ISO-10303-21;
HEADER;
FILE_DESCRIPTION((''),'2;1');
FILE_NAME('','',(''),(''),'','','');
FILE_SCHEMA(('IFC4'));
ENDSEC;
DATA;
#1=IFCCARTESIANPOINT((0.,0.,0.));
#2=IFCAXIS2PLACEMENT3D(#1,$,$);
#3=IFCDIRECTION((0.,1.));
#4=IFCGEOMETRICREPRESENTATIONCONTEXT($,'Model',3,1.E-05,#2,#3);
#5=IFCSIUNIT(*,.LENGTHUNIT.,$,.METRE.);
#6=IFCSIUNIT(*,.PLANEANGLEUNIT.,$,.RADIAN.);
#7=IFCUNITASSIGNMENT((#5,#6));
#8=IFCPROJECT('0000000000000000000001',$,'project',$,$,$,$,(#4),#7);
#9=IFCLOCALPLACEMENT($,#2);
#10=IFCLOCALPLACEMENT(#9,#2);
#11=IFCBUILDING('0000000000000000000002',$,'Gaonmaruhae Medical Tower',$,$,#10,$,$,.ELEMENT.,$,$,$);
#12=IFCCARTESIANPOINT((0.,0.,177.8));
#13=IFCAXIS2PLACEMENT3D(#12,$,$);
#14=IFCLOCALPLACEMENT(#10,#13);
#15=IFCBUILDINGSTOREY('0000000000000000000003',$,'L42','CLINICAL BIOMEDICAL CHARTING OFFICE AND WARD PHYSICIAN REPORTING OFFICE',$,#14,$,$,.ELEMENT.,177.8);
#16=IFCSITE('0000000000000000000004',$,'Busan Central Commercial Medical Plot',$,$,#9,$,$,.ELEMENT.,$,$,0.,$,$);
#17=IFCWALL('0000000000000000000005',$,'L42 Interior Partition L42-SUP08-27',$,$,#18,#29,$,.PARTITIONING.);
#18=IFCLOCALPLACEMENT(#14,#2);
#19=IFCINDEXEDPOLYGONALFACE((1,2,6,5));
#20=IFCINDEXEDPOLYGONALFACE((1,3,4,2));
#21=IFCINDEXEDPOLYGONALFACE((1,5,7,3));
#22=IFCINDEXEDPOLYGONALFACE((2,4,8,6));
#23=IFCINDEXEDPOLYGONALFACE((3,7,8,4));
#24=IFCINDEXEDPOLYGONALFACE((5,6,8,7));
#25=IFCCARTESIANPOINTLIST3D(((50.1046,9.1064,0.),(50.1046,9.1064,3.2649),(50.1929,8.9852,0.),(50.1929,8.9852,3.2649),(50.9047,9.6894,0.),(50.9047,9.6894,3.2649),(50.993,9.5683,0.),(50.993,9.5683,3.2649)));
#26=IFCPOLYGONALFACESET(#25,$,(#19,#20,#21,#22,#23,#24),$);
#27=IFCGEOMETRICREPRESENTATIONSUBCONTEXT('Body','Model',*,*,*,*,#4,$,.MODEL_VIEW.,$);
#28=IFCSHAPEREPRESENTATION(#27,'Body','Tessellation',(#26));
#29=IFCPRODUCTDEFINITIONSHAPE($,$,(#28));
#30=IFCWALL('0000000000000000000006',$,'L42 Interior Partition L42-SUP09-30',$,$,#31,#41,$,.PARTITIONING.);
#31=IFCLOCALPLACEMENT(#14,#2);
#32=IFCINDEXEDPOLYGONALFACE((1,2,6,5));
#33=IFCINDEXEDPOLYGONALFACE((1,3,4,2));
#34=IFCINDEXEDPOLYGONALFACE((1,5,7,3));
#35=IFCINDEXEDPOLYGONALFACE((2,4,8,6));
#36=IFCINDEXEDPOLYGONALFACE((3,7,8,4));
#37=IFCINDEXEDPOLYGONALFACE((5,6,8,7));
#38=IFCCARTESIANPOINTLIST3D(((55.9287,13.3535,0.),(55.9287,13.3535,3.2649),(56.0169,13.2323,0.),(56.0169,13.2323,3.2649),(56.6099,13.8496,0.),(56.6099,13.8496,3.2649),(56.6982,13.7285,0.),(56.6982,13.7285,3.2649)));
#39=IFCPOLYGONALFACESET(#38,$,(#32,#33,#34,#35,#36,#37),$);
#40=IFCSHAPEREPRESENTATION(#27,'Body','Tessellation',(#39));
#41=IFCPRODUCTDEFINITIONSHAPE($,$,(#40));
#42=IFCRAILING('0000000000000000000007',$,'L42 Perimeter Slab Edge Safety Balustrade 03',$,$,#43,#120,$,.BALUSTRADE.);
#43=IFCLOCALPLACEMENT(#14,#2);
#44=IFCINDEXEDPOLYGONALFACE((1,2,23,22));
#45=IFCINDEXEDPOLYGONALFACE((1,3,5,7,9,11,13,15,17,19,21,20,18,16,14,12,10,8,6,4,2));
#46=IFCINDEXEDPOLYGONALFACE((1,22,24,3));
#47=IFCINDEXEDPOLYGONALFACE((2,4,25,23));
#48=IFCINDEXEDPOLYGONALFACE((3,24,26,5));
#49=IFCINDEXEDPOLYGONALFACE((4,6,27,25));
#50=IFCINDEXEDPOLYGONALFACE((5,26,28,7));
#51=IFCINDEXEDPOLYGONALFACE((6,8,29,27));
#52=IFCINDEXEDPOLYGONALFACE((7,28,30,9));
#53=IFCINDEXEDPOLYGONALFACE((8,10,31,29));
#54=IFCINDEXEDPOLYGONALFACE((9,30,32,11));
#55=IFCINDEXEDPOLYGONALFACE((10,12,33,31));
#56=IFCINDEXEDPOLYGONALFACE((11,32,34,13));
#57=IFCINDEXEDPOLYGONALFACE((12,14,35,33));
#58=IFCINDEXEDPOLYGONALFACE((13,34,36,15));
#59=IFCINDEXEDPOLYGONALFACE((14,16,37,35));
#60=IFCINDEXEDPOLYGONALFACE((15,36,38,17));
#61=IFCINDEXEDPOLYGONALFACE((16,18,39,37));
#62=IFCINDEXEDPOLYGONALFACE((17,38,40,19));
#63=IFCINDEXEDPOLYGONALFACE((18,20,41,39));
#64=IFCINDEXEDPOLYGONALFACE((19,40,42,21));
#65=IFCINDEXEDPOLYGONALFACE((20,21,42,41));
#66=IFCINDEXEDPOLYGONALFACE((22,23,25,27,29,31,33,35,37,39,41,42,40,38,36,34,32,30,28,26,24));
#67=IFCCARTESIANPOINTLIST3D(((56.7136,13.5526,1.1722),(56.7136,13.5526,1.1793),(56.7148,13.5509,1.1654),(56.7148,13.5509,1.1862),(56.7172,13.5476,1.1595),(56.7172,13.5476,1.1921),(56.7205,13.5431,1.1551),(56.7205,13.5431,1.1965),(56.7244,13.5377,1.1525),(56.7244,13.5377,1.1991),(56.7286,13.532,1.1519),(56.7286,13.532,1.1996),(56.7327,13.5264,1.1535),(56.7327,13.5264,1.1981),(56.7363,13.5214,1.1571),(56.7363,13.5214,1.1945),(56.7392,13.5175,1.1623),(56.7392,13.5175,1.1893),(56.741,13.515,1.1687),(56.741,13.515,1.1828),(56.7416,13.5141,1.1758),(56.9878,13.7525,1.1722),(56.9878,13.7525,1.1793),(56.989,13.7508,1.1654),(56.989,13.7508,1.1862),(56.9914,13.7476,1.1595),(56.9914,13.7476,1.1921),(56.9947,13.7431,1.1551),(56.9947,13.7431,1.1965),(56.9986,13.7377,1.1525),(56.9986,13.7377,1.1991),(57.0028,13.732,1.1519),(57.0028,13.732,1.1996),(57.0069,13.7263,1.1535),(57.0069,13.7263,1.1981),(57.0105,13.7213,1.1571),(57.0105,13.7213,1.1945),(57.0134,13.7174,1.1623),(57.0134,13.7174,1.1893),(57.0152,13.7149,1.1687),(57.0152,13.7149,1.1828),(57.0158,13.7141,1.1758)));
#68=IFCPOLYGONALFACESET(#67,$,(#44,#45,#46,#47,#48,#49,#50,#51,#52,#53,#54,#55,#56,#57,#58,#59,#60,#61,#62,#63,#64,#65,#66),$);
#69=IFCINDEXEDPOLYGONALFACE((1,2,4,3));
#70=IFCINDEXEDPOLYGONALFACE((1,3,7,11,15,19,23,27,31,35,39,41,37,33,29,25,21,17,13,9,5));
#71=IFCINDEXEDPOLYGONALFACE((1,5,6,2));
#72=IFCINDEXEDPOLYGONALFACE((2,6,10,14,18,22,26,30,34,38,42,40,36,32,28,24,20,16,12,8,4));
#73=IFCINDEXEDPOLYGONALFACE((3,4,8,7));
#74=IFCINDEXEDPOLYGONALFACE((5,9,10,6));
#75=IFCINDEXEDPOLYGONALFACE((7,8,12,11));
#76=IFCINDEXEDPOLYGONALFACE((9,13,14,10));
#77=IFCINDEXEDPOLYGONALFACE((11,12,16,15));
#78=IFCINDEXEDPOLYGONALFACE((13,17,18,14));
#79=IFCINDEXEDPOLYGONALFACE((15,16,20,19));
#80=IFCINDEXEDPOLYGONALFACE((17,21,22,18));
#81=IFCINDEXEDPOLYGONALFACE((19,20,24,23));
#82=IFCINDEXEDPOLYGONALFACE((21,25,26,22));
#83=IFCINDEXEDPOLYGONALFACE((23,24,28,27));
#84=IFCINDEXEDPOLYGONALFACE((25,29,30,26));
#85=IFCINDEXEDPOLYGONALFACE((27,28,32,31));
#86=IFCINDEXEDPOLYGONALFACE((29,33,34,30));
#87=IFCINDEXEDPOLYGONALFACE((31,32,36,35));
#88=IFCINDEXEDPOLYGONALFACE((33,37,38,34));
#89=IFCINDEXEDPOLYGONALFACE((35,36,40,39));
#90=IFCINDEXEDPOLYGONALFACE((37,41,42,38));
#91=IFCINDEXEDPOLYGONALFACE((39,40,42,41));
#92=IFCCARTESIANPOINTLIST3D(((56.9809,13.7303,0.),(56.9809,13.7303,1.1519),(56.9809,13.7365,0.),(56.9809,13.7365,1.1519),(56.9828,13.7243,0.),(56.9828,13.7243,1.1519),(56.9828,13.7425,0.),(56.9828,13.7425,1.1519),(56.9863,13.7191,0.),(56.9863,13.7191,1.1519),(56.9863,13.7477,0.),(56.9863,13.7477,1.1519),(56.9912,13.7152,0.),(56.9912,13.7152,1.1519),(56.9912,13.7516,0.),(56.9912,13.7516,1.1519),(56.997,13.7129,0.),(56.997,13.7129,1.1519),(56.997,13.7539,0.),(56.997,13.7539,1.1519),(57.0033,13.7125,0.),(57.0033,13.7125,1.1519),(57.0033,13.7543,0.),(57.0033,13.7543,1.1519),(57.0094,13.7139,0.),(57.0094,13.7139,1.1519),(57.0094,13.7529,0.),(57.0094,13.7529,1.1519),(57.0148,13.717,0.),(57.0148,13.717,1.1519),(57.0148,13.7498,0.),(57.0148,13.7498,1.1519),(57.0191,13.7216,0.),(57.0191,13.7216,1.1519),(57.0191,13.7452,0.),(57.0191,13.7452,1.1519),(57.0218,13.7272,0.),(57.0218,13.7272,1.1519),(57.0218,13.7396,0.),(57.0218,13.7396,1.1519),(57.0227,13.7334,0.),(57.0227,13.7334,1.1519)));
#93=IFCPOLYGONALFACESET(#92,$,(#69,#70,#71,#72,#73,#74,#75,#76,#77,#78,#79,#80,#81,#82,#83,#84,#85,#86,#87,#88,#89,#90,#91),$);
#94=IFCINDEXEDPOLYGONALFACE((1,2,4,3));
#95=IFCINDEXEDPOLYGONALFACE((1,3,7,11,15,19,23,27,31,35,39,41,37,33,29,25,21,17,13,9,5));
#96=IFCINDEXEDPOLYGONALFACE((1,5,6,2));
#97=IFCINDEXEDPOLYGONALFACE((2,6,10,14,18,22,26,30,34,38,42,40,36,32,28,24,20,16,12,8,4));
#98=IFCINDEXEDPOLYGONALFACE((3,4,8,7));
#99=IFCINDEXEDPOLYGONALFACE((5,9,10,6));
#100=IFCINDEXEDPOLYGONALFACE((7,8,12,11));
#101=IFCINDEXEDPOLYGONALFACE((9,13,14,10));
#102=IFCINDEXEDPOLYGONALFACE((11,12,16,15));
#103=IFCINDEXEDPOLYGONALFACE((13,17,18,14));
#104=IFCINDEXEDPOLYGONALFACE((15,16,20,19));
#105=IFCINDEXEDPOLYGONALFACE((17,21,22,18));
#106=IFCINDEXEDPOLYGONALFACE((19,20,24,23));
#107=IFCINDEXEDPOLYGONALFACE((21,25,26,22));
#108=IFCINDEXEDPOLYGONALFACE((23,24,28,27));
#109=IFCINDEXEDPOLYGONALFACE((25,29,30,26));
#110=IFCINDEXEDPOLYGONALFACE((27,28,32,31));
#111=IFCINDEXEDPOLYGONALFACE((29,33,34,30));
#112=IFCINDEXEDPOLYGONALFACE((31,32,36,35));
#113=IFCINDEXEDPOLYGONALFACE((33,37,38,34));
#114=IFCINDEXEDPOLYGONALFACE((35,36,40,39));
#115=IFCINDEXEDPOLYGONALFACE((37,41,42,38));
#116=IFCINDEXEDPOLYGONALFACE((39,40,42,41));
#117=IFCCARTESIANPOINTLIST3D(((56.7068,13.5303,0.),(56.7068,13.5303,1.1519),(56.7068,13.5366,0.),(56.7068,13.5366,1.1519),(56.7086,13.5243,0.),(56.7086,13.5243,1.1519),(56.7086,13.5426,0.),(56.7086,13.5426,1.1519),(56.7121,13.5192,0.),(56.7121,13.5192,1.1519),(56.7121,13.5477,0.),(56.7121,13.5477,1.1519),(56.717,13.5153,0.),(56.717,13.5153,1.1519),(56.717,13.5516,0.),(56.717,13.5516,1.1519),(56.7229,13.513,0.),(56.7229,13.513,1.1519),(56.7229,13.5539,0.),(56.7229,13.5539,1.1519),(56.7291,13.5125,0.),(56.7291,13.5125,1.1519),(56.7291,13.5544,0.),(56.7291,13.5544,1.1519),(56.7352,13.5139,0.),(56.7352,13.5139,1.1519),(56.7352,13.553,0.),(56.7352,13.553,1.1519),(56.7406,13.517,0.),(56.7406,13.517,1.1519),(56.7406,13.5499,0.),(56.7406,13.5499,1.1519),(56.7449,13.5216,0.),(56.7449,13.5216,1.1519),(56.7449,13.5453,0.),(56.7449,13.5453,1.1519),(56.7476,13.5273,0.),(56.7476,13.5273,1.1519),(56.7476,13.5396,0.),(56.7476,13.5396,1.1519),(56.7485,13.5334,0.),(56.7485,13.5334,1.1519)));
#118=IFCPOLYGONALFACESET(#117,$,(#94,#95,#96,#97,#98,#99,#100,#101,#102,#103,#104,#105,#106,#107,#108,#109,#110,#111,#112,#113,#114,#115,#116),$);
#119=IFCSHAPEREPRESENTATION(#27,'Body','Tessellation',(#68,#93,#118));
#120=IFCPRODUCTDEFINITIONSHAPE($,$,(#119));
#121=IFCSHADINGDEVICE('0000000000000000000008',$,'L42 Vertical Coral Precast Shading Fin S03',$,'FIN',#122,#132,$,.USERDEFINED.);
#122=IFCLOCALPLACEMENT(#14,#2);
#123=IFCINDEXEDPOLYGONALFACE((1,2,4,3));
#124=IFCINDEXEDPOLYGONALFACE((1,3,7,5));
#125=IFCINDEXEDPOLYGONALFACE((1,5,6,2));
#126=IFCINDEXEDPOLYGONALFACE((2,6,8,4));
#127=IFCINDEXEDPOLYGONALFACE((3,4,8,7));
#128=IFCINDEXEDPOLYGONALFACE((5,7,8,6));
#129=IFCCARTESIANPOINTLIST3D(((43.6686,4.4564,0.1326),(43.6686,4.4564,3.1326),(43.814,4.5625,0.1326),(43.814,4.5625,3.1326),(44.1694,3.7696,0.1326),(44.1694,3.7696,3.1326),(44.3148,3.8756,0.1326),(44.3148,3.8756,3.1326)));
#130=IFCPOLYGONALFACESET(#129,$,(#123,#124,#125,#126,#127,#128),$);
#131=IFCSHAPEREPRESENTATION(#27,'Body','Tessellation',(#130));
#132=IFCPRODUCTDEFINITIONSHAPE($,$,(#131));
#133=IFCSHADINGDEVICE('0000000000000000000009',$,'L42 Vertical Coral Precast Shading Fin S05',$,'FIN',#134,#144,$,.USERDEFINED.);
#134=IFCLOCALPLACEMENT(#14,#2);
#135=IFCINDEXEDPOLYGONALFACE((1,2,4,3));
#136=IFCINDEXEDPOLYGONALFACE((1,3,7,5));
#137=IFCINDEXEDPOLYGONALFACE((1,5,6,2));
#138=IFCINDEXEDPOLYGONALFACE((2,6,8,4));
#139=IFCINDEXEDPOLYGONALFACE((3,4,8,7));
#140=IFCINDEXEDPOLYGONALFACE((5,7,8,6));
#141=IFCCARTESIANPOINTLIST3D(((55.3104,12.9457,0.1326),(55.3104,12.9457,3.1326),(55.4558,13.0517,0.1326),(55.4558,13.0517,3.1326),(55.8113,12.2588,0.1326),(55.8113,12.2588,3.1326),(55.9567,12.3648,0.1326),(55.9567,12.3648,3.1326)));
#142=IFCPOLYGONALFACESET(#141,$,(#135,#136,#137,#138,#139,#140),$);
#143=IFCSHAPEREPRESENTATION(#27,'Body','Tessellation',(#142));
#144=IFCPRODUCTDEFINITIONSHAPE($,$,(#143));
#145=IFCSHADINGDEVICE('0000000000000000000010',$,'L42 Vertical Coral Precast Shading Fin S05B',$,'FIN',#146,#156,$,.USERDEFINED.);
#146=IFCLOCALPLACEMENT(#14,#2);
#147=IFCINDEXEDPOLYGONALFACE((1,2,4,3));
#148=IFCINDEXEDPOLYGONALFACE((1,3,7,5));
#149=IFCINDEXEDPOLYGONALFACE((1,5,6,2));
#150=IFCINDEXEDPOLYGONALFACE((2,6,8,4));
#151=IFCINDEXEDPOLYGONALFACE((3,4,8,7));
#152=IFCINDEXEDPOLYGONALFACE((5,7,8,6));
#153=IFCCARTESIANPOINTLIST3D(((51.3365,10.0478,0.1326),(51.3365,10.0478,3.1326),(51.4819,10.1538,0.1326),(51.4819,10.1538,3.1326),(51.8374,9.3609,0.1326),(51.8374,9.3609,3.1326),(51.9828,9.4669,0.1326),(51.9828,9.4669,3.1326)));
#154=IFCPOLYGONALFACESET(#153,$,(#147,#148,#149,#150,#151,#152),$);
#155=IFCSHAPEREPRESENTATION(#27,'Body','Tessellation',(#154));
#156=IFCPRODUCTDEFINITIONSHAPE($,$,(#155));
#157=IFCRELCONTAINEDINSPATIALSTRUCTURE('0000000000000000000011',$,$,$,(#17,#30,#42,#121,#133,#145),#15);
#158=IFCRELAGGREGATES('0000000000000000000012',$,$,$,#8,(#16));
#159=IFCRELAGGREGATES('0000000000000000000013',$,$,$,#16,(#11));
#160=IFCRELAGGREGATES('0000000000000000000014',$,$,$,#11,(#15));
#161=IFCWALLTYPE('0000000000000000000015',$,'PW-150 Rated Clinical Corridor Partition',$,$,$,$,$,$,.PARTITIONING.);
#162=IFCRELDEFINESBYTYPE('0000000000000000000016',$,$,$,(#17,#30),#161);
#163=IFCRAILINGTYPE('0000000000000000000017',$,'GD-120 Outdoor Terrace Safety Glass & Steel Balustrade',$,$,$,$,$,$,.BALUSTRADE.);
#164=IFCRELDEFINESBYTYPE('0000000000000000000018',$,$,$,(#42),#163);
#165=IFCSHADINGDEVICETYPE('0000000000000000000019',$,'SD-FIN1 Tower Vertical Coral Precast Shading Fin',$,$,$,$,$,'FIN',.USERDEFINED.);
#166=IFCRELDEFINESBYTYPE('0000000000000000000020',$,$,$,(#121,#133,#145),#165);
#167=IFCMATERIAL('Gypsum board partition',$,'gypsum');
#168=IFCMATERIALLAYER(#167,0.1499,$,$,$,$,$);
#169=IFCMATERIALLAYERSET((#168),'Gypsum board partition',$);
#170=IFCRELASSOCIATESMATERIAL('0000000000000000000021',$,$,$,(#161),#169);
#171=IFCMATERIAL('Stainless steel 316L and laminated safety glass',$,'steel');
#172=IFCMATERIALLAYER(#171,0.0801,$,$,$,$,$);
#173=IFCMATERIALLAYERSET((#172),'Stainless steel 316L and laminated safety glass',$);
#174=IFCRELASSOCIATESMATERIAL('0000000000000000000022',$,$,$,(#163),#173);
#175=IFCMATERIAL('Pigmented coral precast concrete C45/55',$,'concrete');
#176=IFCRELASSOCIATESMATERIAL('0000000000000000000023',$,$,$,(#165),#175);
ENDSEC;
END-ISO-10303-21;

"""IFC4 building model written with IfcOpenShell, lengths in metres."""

from ifc_helpers import new_model, si_unit, direction, frame, frame_2d, origin, origin_2d, place, context, subcontext, project, spatial, rectangle, circle, extrude, material, layer, layer_set, type_object, element, save


model = new_model("IFC4")

# Units and contexts
model_context = context("Model", 3, precision=1e-05, world=origin(), true_north=direction((0.0, 1.0)))
body_context = subcontext(model_context, "Body", "Model", "MODEL_VIEW")
ifc_project = project(units=[si_unit("LENGTHUNIT", "METRE"), si_unit("PLANEANGLEUNIT", "RADIAN")], contexts=[model_context])

# Site, building, storey
site_placement = place(None, origin())
site = spatial("IfcSite", under=ifc_project, at=site_placement, Name="Busan Central Commercial Medical Plot", CompositionType="ELEMENT", RefElevation=0.0)
building_placement = place(site_placement, origin())
building = spatial("IfcBuilding", under=site, at=building_placement, Name="Gaonmaruhae Medical Tower", CompositionType="ELEMENT")
storey_placement = place(building_placement, frame((0.0, 0.0, 177.8)))
storey = spatial("IfcBuildingStorey", under=building, at=storey_placement, Name="L42", Description="CLINICAL BIOMEDICAL CHARTING OFFICE AND WARD PHYSICIAN REPORTING OFFICE", CompositionType="ELEMENT", Elevation=177.8)

# Walls
ifc_material_1 = material(Name="Gypsum board partition", Category="gypsum")
ifc_layer_1 = layer(ifc_material_1, 0.1499)
ifc_layer_set_1 = layer_set([ifc_layer_1], Name="Gypsum board partition")
wall_type_1 = type_object("IfcWallType", Name="PW-150 Rated Clinical Corridor Partition", PredefinedType="PARTITIONING", material=ifc_layer_set_1)
wall_1_placement = place(storey_placement, frame((50.949, 9.6289, 0.0), z_axis=(0.0, 0.0, 1.0), x_axis=(-0.808181, -0.588934, 0.0)))
element("IfcWall", 1, at=wall_1_placement, inside=storey, type_object=wall_type_1, Name="L42 Interior Partition L42-SUP08-27", PredefinedType="PARTITIONING", context=body_context, shape_type="SweptSolid", body=[
    extrude(rectangle(XDim=0.99, YDim=0.1499, at=frame_2d((0.4951, 0.0))), origin(), (0.0, 0.0, 1.0), 3.2649),
])
wall_2_placement = place(storey_placement, frame((56.6541, 13.7891, 0.0), z_axis=(0.0, 0.0, 1.0), x_axis=(-0.808335, -0.588723, 0.0)))
element("IfcWall", 2, at=wall_2_placement, inside=storey, type_object=wall_type_1, Name="L42 Interior Partition L42-SUP09-30", PredefinedType="PARTITIONING", context=body_context, shape_type="SweptSolid", body=[
    extrude(rectangle(XDim=0.8428, YDim=0.1499, at=frame_2d((0.4214, 0.0))), origin(), (0.0, 0.0, 1.0), 3.2649),
])

# Railing
ifc_material_2 = material(Name="Stainless steel 316L and laminated safety glass", Category="steel")
ifc_layer_2 = layer(ifc_material_2, 0.0801)
ifc_layer_set_2 = layer_set([ifc_layer_2], Name="Stainless steel 316L and laminated safety glass")
railing_type = type_object("IfcRailingType", Name="GD-120 Outdoor Terrace Safety Glass & Steel Balustrade", PredefinedType="BALUSTRADE", material=ifc_layer_set_2)
railing_placement = place(storey_placement, frame((57.0017, 13.7334, 0.0)))
element("IfcRailing", 3, at=railing_placement, inside=storey, type_object=railing_type, Name="L42 Perimeter Slab Edge Safety Balustrade 03", PredefinedType="BALUSTRADE", context=body_context, shape_type="SweptSolid", body=[
    extrude(circle(Radius=0.0239, at=origin_2d()), frame((0.0, 0.0, 1.1758), z_axis=(-0.807958, -0.589241, 0.0), x_axis=(0.589241, -0.807958, 0.0)), (0.0, 0.0, 1.0), 0.3394),
    extrude(circle(Radius=0.021, at=origin_2d()), origin(), (0.0, 0.0, 1.0), 1.1519),
    extrude(circle(Radius=0.021, at=origin_2d()), frame((-0.2742, -0.2, 0.0)), (0.0, 0.0, 1.0), 1.1519),
])

# Shading devices
ifc_material_3 = material(Name="Pigmented coral precast concrete C45/55", Category="concrete")
shading_device_type = type_object("IfcShadingDeviceType", Name="SD-FIN1 Tower Vertical Coral Precast Shading Fin", ElementType="FIN", PredefinedType="USERDEFINED", material=ifc_material_3)
for number, where, z_axis, x_axis, name in (
    (4, (43.9917, 4.166, 0.1326), (0.0, 0.0, 1.0), (-0.80799, -0.589196, 0.0), "L42 Vertical Coral Precast Shading Fin S03"),
    (5, (55.6335, 12.6553, 0.1326), (0.0, 0.0, 1.0), (-0.80799, -0.589196, 0.0), "L42 Vertical Coral Precast Shading Fin S05"),
    (6, (51.6597, 9.7573, 0.1326), (0.0, 0.0, 1.0), (-0.80799, -0.589196, 0.0), "L42 Vertical Coral Precast Shading Fin S05B"),
):
    element("IfcShadingDevice", number, at=place(storey_placement, frame(where, z_axis=z_axis, x_axis=x_axis)), inside=storey, type_object=shading_device_type, Name=name, ObjectType="FIN", PredefinedType="USERDEFINED", context=body_context, shape_type="SweptSolid", body=[
        extrude(rectangle(XDim=0.1799, YDim=0.8501, at=origin_2d()), origin(), (0.0, 0.0, 1.0), 3.0),
    ])

save(model, "model.ifc")
